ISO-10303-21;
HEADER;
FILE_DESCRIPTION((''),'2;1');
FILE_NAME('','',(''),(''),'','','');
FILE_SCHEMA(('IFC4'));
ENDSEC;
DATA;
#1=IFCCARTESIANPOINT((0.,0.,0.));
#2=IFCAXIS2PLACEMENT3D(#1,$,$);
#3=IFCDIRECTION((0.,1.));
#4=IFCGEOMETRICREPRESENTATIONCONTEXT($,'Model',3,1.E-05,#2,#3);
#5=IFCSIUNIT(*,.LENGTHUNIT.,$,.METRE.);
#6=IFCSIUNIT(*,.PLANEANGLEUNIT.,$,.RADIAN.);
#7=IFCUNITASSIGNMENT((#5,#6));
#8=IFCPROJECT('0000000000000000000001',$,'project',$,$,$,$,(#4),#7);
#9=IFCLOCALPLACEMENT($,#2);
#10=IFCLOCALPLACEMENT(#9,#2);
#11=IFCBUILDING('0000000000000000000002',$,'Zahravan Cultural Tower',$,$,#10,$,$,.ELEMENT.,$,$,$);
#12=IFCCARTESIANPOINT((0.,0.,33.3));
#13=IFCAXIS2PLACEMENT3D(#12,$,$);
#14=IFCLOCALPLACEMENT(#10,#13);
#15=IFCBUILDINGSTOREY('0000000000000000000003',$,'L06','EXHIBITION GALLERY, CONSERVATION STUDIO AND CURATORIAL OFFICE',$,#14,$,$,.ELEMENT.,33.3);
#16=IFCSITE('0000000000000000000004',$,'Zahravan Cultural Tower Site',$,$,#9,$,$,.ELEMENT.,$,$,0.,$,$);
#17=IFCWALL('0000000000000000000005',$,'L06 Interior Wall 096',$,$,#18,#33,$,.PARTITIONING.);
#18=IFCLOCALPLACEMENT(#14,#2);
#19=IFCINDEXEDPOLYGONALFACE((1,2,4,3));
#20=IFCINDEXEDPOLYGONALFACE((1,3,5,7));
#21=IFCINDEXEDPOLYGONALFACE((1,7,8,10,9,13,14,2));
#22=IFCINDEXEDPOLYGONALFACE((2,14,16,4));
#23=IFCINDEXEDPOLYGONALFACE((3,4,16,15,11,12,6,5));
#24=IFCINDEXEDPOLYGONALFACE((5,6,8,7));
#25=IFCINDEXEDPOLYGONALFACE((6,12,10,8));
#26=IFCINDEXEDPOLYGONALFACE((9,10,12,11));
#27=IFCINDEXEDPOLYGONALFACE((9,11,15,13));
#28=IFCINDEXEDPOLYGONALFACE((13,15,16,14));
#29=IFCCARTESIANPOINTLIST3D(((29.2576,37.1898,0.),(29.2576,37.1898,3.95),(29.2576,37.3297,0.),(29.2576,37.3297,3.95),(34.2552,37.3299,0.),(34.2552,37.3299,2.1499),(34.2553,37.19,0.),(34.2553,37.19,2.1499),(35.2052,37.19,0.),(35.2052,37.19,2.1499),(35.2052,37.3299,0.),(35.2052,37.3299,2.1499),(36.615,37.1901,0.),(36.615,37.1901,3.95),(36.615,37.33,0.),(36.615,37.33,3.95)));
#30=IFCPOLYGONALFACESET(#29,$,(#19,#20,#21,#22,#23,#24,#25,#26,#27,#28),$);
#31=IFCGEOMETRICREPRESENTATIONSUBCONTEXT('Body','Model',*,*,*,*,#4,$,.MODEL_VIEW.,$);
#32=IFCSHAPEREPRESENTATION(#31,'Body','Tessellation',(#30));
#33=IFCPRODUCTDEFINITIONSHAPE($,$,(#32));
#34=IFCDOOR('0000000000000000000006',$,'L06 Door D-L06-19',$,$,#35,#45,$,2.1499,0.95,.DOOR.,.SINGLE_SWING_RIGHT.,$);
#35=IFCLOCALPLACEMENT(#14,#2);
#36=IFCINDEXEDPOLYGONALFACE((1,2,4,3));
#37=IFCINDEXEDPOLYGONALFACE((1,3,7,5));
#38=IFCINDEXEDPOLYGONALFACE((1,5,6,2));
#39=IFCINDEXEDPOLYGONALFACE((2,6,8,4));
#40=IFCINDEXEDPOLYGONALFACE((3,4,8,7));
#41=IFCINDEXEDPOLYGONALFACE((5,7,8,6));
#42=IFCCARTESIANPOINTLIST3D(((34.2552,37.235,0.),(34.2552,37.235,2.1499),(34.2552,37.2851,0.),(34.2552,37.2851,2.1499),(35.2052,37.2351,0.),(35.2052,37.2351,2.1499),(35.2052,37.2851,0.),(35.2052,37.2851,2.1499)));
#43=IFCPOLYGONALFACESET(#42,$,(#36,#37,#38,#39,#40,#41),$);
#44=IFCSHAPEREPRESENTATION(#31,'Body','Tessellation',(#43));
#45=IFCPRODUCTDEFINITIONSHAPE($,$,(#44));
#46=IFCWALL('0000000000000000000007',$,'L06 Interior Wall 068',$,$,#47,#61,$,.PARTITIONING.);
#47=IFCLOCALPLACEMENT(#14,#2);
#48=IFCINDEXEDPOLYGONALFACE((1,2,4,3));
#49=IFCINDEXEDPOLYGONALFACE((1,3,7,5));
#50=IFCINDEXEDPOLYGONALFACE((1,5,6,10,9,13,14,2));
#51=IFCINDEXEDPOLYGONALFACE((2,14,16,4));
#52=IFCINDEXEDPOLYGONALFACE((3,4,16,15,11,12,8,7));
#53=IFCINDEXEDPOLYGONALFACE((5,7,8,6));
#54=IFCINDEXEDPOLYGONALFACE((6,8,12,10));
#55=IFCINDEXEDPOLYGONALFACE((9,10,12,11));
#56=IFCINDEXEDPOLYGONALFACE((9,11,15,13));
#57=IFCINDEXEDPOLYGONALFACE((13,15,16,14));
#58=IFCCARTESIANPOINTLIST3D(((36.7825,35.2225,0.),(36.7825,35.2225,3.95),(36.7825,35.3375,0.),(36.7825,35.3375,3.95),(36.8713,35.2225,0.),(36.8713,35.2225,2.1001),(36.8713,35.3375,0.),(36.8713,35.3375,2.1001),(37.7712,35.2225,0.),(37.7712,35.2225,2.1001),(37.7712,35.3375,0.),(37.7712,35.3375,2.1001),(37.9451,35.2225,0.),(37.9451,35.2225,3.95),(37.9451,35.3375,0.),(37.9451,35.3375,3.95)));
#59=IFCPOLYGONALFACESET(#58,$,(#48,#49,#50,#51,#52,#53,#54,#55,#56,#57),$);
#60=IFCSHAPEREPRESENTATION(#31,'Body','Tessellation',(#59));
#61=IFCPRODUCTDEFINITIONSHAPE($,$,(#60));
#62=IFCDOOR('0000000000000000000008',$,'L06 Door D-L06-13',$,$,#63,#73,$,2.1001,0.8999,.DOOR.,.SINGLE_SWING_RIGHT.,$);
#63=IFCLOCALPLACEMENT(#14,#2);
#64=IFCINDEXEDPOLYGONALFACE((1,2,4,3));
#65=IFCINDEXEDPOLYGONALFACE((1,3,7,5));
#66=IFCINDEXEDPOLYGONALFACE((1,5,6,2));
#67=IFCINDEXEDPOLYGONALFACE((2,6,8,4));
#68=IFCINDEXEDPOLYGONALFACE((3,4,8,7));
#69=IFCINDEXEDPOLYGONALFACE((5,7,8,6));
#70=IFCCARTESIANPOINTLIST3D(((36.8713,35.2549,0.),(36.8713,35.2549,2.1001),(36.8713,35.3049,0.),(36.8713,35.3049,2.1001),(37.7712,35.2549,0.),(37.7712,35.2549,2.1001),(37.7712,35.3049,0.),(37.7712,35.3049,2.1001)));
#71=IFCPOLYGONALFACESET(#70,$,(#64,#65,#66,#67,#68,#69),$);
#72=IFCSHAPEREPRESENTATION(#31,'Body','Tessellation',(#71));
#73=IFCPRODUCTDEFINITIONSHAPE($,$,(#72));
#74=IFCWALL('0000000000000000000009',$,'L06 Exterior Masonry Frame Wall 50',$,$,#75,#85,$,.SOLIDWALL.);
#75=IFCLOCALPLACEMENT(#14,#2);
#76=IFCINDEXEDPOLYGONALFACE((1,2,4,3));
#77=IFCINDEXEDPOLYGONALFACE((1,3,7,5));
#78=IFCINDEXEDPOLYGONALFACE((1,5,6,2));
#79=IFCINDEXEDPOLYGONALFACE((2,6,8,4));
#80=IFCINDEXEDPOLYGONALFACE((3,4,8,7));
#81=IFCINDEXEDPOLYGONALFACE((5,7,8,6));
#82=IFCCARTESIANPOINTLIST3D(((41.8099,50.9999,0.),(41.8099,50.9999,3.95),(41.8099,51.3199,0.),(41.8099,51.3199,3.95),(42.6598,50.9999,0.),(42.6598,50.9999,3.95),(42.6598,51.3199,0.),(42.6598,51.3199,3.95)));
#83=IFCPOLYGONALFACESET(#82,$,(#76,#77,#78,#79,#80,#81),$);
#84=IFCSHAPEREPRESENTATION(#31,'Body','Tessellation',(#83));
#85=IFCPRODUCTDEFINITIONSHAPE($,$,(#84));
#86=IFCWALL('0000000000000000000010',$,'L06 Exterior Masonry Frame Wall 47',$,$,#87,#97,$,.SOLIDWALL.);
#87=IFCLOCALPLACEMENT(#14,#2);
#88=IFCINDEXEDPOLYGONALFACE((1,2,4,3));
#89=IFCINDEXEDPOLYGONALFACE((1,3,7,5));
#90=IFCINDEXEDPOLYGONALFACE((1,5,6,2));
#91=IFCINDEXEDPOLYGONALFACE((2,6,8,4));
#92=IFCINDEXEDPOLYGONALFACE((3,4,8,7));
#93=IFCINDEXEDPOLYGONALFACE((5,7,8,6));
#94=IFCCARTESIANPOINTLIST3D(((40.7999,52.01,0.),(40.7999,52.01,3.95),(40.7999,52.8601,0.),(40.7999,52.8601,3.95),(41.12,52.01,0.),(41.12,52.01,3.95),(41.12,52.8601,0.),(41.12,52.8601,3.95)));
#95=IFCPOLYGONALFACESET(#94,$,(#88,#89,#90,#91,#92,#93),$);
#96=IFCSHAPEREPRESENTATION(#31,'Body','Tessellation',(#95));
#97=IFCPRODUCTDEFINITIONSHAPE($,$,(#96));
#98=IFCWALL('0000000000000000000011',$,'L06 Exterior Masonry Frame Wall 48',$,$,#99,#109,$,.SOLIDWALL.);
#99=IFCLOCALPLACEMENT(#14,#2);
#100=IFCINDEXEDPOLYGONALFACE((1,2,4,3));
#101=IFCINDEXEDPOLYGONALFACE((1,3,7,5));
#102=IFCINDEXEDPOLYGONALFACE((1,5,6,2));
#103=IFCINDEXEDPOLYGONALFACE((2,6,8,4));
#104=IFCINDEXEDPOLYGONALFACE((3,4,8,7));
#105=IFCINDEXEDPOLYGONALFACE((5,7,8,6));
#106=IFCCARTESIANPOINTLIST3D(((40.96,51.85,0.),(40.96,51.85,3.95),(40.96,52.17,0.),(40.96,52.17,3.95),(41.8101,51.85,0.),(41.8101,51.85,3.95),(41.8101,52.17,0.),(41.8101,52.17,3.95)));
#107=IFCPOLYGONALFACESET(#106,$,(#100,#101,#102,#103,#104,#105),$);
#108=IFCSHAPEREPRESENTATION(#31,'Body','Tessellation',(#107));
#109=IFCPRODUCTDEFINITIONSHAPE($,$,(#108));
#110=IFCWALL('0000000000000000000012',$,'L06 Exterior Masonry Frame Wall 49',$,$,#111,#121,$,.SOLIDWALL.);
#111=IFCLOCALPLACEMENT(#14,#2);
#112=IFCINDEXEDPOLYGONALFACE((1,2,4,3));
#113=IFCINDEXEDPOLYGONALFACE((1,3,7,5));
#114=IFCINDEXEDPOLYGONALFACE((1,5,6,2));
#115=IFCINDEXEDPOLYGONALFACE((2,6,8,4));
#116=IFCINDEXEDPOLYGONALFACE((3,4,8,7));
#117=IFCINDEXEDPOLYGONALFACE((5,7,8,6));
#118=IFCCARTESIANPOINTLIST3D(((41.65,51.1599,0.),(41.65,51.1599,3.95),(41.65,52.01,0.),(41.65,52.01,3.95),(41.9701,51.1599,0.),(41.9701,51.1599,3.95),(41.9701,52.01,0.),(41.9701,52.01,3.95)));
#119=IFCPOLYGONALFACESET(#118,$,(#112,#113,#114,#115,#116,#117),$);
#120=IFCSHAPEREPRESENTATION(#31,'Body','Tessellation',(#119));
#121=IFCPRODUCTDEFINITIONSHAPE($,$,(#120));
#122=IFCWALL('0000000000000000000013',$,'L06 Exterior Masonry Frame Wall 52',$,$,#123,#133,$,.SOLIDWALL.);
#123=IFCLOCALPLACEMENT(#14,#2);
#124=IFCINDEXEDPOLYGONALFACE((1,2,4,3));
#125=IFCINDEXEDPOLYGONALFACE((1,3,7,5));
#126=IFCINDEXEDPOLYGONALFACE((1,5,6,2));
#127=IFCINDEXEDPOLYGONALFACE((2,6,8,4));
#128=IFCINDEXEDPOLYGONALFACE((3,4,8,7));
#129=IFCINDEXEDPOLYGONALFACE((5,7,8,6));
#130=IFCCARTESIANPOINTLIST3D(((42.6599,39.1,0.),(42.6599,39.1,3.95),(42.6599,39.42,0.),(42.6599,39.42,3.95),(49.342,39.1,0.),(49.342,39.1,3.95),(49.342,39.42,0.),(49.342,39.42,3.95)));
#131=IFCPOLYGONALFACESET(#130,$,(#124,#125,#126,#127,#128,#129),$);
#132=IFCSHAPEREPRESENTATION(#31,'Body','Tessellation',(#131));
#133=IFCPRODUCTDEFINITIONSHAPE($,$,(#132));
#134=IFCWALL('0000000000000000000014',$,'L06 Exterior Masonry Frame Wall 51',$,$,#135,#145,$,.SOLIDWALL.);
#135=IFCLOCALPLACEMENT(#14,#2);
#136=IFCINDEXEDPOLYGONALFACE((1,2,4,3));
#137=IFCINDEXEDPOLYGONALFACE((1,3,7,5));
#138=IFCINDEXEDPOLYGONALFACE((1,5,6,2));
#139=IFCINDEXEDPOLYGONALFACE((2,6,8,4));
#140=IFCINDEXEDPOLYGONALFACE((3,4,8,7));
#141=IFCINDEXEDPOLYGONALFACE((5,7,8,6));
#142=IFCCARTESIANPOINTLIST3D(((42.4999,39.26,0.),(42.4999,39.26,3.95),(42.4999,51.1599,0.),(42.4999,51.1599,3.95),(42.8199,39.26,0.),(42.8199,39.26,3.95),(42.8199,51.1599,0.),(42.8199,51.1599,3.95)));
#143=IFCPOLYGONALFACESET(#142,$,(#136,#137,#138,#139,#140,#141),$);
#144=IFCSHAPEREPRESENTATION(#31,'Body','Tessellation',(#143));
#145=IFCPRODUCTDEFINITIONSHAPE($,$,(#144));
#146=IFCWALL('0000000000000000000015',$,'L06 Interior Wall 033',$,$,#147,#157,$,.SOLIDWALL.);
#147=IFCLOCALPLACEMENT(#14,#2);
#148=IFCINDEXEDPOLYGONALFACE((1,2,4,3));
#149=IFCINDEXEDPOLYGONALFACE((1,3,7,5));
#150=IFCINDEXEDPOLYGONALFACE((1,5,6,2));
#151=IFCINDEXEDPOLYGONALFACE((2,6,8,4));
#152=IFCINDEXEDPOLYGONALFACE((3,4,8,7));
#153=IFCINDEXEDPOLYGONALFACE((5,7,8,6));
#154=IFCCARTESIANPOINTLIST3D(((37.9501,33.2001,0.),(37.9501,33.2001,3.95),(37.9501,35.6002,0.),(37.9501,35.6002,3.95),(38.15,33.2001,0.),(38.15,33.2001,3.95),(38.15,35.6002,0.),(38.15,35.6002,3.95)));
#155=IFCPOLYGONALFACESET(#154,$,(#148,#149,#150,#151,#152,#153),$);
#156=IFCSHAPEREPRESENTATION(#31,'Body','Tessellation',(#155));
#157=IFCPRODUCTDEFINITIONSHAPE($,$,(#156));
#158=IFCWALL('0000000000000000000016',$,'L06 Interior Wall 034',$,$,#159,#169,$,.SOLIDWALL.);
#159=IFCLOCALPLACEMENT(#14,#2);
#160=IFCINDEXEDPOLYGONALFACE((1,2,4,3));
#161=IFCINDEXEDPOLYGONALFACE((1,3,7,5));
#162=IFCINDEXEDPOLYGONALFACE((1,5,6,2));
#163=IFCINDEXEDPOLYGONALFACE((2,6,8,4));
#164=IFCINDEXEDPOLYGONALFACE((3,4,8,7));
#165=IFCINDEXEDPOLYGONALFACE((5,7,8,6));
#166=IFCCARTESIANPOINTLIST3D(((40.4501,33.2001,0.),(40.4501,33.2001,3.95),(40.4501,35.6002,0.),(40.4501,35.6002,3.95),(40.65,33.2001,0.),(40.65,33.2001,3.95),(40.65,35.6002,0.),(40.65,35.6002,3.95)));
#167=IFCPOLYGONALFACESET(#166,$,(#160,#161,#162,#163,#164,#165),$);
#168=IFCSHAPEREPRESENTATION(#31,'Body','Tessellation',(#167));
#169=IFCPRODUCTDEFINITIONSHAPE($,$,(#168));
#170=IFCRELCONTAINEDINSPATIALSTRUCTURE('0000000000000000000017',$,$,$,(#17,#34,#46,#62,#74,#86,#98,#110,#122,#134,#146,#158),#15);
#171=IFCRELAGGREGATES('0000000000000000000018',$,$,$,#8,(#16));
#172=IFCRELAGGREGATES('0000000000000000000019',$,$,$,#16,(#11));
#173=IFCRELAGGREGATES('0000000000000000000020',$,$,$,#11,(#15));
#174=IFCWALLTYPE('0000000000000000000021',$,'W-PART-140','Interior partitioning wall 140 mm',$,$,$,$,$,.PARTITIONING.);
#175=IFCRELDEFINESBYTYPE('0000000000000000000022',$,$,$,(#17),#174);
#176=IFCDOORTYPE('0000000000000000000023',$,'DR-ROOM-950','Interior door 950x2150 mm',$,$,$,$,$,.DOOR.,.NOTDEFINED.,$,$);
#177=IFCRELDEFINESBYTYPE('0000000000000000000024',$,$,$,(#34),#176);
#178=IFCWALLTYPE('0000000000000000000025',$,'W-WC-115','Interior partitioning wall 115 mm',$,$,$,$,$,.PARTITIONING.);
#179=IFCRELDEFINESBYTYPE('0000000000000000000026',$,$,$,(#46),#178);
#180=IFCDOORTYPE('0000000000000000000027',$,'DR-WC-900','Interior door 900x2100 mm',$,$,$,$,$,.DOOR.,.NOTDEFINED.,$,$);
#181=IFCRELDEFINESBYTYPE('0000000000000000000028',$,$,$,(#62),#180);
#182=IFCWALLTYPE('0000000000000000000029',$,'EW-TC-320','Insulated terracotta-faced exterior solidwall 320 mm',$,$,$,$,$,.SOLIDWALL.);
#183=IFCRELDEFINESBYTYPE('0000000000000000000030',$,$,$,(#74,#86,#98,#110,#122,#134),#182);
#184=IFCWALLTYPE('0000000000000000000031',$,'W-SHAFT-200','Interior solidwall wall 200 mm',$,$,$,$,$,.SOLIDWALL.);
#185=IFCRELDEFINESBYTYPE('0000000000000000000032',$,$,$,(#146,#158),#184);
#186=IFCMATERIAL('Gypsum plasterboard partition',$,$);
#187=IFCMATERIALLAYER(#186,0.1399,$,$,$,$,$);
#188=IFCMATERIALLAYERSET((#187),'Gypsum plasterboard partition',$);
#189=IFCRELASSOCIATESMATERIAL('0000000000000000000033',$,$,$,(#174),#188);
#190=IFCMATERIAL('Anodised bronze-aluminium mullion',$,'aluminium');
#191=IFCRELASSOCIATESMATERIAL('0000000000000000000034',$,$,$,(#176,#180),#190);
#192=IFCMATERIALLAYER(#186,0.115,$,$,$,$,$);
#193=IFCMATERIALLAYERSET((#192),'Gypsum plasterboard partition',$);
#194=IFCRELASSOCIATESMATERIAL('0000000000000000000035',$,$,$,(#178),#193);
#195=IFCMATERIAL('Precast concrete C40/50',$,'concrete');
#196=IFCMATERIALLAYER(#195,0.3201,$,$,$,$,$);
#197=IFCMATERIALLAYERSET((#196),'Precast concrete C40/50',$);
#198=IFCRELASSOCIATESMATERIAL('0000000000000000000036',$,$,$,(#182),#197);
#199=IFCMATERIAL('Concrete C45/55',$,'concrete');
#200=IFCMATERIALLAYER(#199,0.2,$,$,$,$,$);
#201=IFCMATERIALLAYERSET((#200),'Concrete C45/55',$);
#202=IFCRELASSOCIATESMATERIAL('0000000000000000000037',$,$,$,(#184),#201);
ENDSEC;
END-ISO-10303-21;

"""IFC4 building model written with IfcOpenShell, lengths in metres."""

from ifc_helpers import new_model, si_unit, direction, frame, frame_2d, origin, place, context, subcontext, project, spatial, rectangle, extrude, source, transform, mapped, material, layer, layer_set, type_object, element, fill, save


model = new_model("IFC4")

# Units and contexts
model_context = context("Model", 3, precision=1e-05, world=origin(), true_north=direction((0.0, 1.0)))
body_context = subcontext(model_context, "Body", "Model", "MODEL_VIEW")
ifc_project = project(units=[si_unit("LENGTHUNIT", "METRE"), si_unit("PLANEANGLEUNIT", "RADIAN")], contexts=[model_context])

# Site, building, storey
site_placement = place(None, origin())
site = spatial("IfcSite", under=ifc_project, at=site_placement, Name="Zahravan Cultural Tower Site", CompositionType="ELEMENT", RefElevation=0.0)
building_placement = place(site_placement, origin())
building = spatial("IfcBuilding", under=site, at=building_placement, Name="Zahravan Cultural Tower", CompositionType="ELEMENT")
storey_placement = place(building_placement, frame((0.0, 0.0, 33.3)))
storey = spatial("IfcBuildingStorey", under=building, at=storey_placement, Name="L06", Description="EXHIBITION GALLERY, CONSERVATION STUDIO AND CURATORIAL OFFICE", CompositionType="ELEMENT", Elevation=33.3)

# Walls, openings, doors
ifc_material_1 = material(Name="Gypsum plasterboard partition")
ifc_layer_1 = layer(ifc_material_1, 0.1399)
ifc_layer_set_1 = layer_set([ifc_layer_1], Name="Gypsum plasterboard partition")
wall_type_1 = type_object("IfcWallType", Name="W-PART-140", Description="Interior partitioning wall 140 mm", PredefinedType="PARTITIONING", material=ifc_layer_set_1)
ifc_material_2 = material(Name="Anodised bronze-aluminium mullion", Category="aluminium")
door_type_1 = type_object("IfcDoorType", Name="DR-ROOM-950", Description="Interior door 950x2150 mm", OperationType="NOTDEFINED", PredefinedType="DOOR", material=ifc_material_2)
shared_shape_1 = source(origin(), body_context, "Body", "SweptSolid", [
    extrude(rectangle(XDim=0.95, YDim=2.1499, at=frame_2d((0.4751, 1.075))), frame((0.0, 0.0249, 0.0), z_axis=(0.0, -1.0, 0.0), x_axis=(1.0, 0.0, 0.0)), (0.0, 0.0, 1.0), 0.05),
])
wall_1_placement = place(storey_placement, frame((36.615, 37.26, 0.0), z_axis=(0.0, 0.0, 1.0), x_axis=(-1.0, -0.000033, 0.0)))
wall_1 = element("IfcWall", 1, at=wall_1_placement, inside=storey, type_object=wall_type_1, Name="L06 Interior Wall 096", PredefinedType="PARTITIONING", context=body_context, shape_type="SweptSolid", body=[
    extrude(rectangle(XDim=7.3574, YDim=0.1399, at=frame_2d((3.6787, 0.0))), origin(), (0.0, 0.0, 1.0), 3.95),
])
opening_1_placement = place(wall_1_placement, frame((1.4097, 0.0, 0.0)))
opening_1 = element("IfcOpeningElement", 2, at=opening_1_placement, cuts=wall_1, PredefinedType="OPENING", context=body_context, shape_type="SweptSolid", body=[
    extrude(rectangle(XDim=0.95, YDim=2.1499, at=frame_2d((0.4751, 1.075))), frame((0.0, 0.0798, 0.0), z_axis=(0.0, -1.0, 0.0), x_axis=(1.0, 0.0, 0.0)), (0.0, 0.0, 1.0), 0.1599),
])
door_1_placement = place(opening_1_placement, origin())
door_1 = element("IfcDoor", 3, at=door_1_placement, inside=storey, type_object=door_type_1, Name="L06 Door D-L06-19", OperationType="SINGLE_SWING_RIGHT", OverallHeight=2.1499, OverallWidth=0.95, PredefinedType="DOOR", context=body_context, shape_type="MappedRepresentation", body=[
    mapped(shared_shape_1, transform((0.0, 0.0, 0.0), x_axis=(1.0, 0.0, 0.0), y_axis=(0.0, 1.0, 0.0), z_axis=(0.0, 0.0, 1.0), scale=1.0)),
])
fill(opening_1, door_1)
ifc_layer_2 = layer(ifc_material_1, 0.115)
ifc_layer_set_2 = layer_set([ifc_layer_2], Name="Gypsum plasterboard partition")
wall_type_2 = type_object("IfcWallType", Name="W-WC-115", Description="Interior partitioning wall 115 mm", PredefinedType="PARTITIONING", material=ifc_layer_set_2)
wall_2_placement = place(storey_placement, frame((36.7825, 35.28, 0.0), z_axis=(0.0, 0.0, 1.0), x_axis=(1.0, 0.0, 0.0)))
wall_2 = element("IfcWall", 4, at=wall_2_placement, inside=storey, type_object=wall_type_2, Name="L06 Interior Wall 068", PredefinedType="PARTITIONING", context=body_context, shape_type="SweptSolid", body=[
    extrude(rectangle(XDim=1.1626, YDim=0.115, at=frame_2d((0.5813, 0.0))), origin(), (0.0, 0.0, 1.0), 3.95),
])
opening_2_placement = place(wall_2_placement, frame((0.0889, 0.0, 0.0)))
opening_2 = element("IfcOpeningElement", 5, at=opening_2_placement, cuts=wall_2, PredefinedType="OPENING", context=body_context, shape_type="SweptSolid", body=[
    extrude(rectangle(XDim=0.8999, YDim=2.1001, at=frame_2d((0.45, 1.05))), frame((0.0, 0.0674, 0.0), z_axis=(0.0, -1.0, 0.0), x_axis=(1.0, 0.0, 0.0)), (0.0, 0.0, 1.0), 0.135),
])
door_type_2 = type_object("IfcDoorType", Name="DR-WC-900", Description="Interior door 900x2100 mm", OperationType="NOTDEFINED", PredefinedType="DOOR", material=ifc_material_2)
shared_shape_2 = source(origin(), body_context, "Body", "SweptSolid", [
    extrude(rectangle(XDim=0.8999, YDim=2.1001, at=frame_2d((0.45, 1.05))), frame((0.0, 0.0249, 0.0), z_axis=(0.0, -1.0, 0.0), x_axis=(1.0, 0.0, 0.0)), (0.0, 0.0, 1.0), 0.05),
])
door_2_placement = place(opening_2_placement, origin())
door_2 = element("IfcDoor", 6, at=door_2_placement, inside=storey, type_object=door_type_2, Name="L06 Door D-L06-13", OperationType="SINGLE_SWING_RIGHT", OverallHeight=2.1001, OverallWidth=0.8999, PredefinedType="DOOR", context=body_context, shape_type="MappedRepresentation", body=[
    mapped(shared_shape_2, transform((0.0, 0.0, 0.0), x_axis=(1.0, 0.0, 0.0), y_axis=(0.0, 1.0, 0.0), z_axis=(0.0, 0.0, 1.0), scale=1.0)),
])
fill(opening_2, door_2)

# Walls
ifc_material_3 = material(Name="Precast concrete C40/50", Category="concrete")
ifc_layer_3 = layer(ifc_material_3, 0.3201)
ifc_layer_set_3 = layer_set([ifc_layer_3], Name="Precast concrete C40/50")
wall_type_3 = type_object("IfcWallType", Name="EW-TC-320", Description="Insulated terracotta-faced exterior solidwall 320 mm", PredefinedType="SOLIDWALL", material=ifc_layer_set_3)
shared_shape_3 = source(origin(), body_context, "Body", "SweptSolid", [
    extrude(rectangle(XDim=0.8499, YDim=0.3201, at=frame_2d((0.4248, 0.0))), origin(), (0.0, 0.0, 1.0), 3.95),
])
wall_3_placement = place(storey_placement, frame((41.8101, 51.1599, 0.0), z_axis=(0.0, 0.0, 1.0), x_axis=(1.0, 0.0, 0.0)))
element("IfcWall", 7, at=wall_3_placement, inside=storey, type_object=wall_type_3, Name="L06 Exterior Masonry Frame Wall 50", PredefinedType="SOLIDWALL", context=body_context, shape_type="MappedRepresentation", body=[
    mapped(shared_shape_3, transform((0.0, 0.0, 0.0), x_axis=(1.0, 0.0, 0.0), y_axis=(0.0, 1.0, 0.0), z_axis=(0.0, 0.0, 1.0), scale=1.0)),
])
shared_shape_4 = source(origin(), body_context, "Body", "SweptSolid", [
    extrude(rectangle(XDim=0.8501, YDim=0.3201, at=frame_2d((0.425, 0.0))), origin(), (0.0, 0.0, 1.0), 3.95),
])
for number, where, z_axis, x_axis, name in (
    (8, (40.96, 52.8601, 0.0), (0.0, 0.0, 1.0), (0.0, -1.0, 0.0), "L06 Exterior Masonry Frame Wall 47"),
    (9, (40.96, 52.01, 0.0), (0.0, 0.0, 1.0), (1.0, 0.0, 0.0), "L06 Exterior Masonry Frame Wall 48"),
    (10, (41.8101, 52.01, 0.0), (0.0, 0.0, 1.0), (0.0, -1.0, 0.0), "L06 Exterior Masonry Frame Wall 49"),
):
    element("IfcWall", number, at=place(storey_placement, frame(where, z_axis=z_axis, x_axis=x_axis)), inside=storey, type_object=wall_type_3, Name=name, PredefinedType="SOLIDWALL", context=body_context, shape_type="MappedRepresentation", body=[
        mapped(shared_shape_4, transform((0.0, 0.0, 0.0), x_axis=(1.0, 0.0, 0.0), y_axis=(0.0, 1.0, 0.0), z_axis=(0.0, 0.0, 1.0), scale=1.0)),
    ])
shared_shape_5 = source(origin(), body_context, "Body", "SweptSolid", [
    extrude(rectangle(XDim=6.6821, YDim=0.3201, at=frame_2d((3.3411, 0.0))), origin(), (0.0, 0.0, 1.0), 3.95),
])
wall_4_placement = place(storey_placement, frame((42.6599, 39.26, 0.0), z_axis=(0.0, 0.0, 1.0), x_axis=(1.0, 0.0, 0.0)))
element("IfcWall", 11, at=wall_4_placement, inside=storey, type_object=wall_type_3, Name="L06 Exterior Masonry Frame Wall 52", PredefinedType="SOLIDWALL", context=body_context, shape_type="MappedRepresentation", body=[
    mapped(shared_shape_5, transform((0.0, 0.0, 0.0), x_axis=(1.0, 0.0, 0.0), y_axis=(0.0, 1.0, 0.0), z_axis=(0.0, 0.0, 1.0), scale=1.0)),
])
shared_shape_6 = source(origin(), body_context, "Body", "SweptSolid", [
    extrude(rectangle(XDim=11.8999, YDim=0.3201, at=frame_2d((5.95, 0.0))), origin(), (0.0, 0.0, 1.0), 3.95),
])
wall_5_placement = place(storey_placement, frame((42.6599, 51.1599, 0.0), z_axis=(0.0, 0.0, 1.0), x_axis=(0.0, -1.0, 0.0)))
element("IfcWall", 12, at=wall_5_placement, inside=storey, type_object=wall_type_3, Name="L06 Exterior Masonry Frame Wall 51", PredefinedType="SOLIDWALL", context=body_context, shape_type="MappedRepresentation", body=[
    mapped(shared_shape_6, transform((0.0, 0.0, 0.0), x_axis=(1.0, 0.0, 0.0), y_axis=(0.0, 1.0, 0.0), z_axis=(0.0, 0.0, 1.0), scale=1.0)),
])
ifc_material_4 = material(Name="Concrete C45/55", Category="concrete")
ifc_layer_4 = layer(ifc_material_4, 0.2)
ifc_layer_set_4 = layer_set([ifc_layer_4], Name="Concrete C45/55")
wall_type_4 = type_object("IfcWallType", Name="W-SHAFT-200", Description="Interior solidwall wall 200 mm", PredefinedType="SOLIDWALL", material=ifc_layer_set_4)
shared_shape_7 = source(origin(), body_context, "Body", "SweptSolid", [
    extrude(rectangle(XDim=2.4001, YDim=0.2, at=frame_2d((1.2002, 0.0))), origin(), (0.0, 0.0, 1.0), 3.95),
])
for number, where, z_axis, x_axis, name in (
    (13, (38.05, 33.2, 0.0), (0.0, 0.0, 1.0), (0.0, 1.0, 0.0), "L06 Interior Wall 033"),
    (14, (40.55, 33.2, 0.0), (0.0, 0.0, 1.0), (0.0, 1.0, 0.0), "L06 Interior Wall 034"),
):
    element("IfcWall", number, at=place(storey_placement, frame(where, z_axis=z_axis, x_axis=x_axis)), inside=storey, type_object=wall_type_4, Name=name, PredefinedType="SOLIDWALL", context=body_context, shape_type="MappedRepresentation", body=[
        mapped(shared_shape_7, transform((0.0, 0.0, 0.0), x_axis=(1.0, 0.0, 0.0), y_axis=(0.0, 1.0, 0.0), z_axis=(0.0, 0.0, 1.0), scale=1.0)),
    ])

save(model, "model.ifc")
